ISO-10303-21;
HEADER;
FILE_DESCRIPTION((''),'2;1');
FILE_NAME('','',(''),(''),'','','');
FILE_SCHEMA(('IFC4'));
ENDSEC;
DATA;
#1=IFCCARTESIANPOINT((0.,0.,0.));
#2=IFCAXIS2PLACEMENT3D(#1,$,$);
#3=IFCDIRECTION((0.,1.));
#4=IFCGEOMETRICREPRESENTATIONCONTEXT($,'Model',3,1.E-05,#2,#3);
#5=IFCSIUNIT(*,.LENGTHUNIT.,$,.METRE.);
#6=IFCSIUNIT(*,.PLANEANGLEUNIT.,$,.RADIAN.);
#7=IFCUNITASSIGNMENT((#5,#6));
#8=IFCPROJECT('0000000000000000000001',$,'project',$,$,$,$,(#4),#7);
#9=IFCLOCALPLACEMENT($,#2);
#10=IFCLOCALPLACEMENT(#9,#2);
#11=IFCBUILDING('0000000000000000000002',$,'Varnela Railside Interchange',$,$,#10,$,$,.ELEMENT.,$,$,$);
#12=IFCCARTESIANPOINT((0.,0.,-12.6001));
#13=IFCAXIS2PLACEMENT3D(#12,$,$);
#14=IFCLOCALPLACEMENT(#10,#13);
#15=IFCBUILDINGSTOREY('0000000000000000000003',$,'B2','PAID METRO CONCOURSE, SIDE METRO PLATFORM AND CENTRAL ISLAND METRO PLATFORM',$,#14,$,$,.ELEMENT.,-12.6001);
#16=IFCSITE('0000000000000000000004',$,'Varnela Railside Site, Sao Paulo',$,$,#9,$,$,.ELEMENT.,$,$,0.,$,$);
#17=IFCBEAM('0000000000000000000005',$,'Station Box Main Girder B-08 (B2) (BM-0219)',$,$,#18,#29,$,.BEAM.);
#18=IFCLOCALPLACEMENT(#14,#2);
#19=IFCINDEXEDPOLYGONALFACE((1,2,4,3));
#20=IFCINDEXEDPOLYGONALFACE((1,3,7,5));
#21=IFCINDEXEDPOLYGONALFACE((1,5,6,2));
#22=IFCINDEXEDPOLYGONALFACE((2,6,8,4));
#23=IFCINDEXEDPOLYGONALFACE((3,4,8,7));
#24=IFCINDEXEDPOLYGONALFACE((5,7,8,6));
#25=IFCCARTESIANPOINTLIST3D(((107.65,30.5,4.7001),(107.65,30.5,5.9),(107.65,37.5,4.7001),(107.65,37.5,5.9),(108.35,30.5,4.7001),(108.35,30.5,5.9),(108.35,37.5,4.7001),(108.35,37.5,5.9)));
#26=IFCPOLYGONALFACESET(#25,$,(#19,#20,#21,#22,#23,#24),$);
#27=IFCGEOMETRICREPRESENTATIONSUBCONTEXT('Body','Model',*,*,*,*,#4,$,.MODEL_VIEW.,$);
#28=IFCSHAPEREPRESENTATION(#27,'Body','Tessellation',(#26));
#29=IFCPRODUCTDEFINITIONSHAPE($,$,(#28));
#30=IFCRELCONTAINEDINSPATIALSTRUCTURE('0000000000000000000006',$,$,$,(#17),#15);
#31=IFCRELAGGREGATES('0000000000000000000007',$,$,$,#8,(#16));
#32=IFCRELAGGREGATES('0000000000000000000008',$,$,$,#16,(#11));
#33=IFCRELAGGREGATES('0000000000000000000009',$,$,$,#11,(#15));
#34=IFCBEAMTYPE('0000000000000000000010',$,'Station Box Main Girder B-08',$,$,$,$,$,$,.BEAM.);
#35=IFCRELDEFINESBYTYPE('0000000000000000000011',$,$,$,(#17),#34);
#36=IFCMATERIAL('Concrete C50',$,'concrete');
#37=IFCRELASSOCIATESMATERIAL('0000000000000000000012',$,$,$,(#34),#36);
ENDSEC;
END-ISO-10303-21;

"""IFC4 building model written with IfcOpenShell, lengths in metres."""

from ifc_helpers import new_model, si_unit, direction, frame, origin, origin_2d, place, context, subcontext, project, spatial, rectangle, extrude, material, material_profile, profile_set, type_object, element, save


model = new_model("IFC4")

# Units and contexts
model_context = context("Model", 3, precision=1e-05, world=origin(), true_north=direction((0.0, 1.0)))
body_context = subcontext(model_context, "Body", "Model", "MODEL_VIEW")
ifc_project = project(units=[si_unit("LENGTHUNIT", "METRE"), si_unit("PLANEANGLEUNIT", "RADIAN")], contexts=[model_context])

# Site, building, storey
site_placement = place(None, origin())
site = spatial("IfcSite", under=ifc_project, at=site_placement, Name="Varnela Railside Site, Sao Paulo", CompositionType="ELEMENT", RefElevation=0.0)
building_placement = place(site_placement, origin())
building = spatial("IfcBuilding", under=site, at=building_placement, Name="Varnela Railside Interchange", CompositionType="ELEMENT")
storey_placement = place(building_placement, frame((0.0, 0.0, -12.6001)))
storey = spatial("IfcBuildingStorey", under=building, at=storey_placement, Name="B2", Description="PAID METRO CONCOURSE, SIDE METRO PLATFORM AND CENTRAL ISLAND METRO PLATFORM", CompositionType="ELEMENT", Elevation=-12.6001)

# Shared definitions
ifc_material_1 = material(Name="Concrete C50", Category="concrete")

# Beam
ifc_material_profile_1 = material_profile(ifc_material_1, rectangle(XDim=0.7, YDim=1.2, at=origin_2d()), Name="RC 700x1200")
ifc_profile_set_1 = profile_set([ifc_material_profile_1], Name="Concrete C50")
beam_type_1 = type_object("IfcBeamType", Name="Station Box Main Girder B-08", PredefinedType="BEAM", material=ifc_profile_set_1)
beam_1_placement = place(storey_placement, frame((108.0, 30.5, 5.3), z_axis=(0.0, 1.0, 0.0), x_axis=(-1.0, 0.0, 0.0)))
element("IfcBeam", 1, at=beam_1_placement, inside=storey, type_object=beam_type_1, Name="Station Box Main Girder B-08 (B2) (BM-0219)", PredefinedType="BEAM", context=body_context, shape_type="SweptSolid", body=[
    extrude(rectangle(XDim=0.7, YDim=1.2, at=origin_2d()), origin(), (0.0, 0.0, 1.0), 7.0),
])

save(model, "model.ifc")
